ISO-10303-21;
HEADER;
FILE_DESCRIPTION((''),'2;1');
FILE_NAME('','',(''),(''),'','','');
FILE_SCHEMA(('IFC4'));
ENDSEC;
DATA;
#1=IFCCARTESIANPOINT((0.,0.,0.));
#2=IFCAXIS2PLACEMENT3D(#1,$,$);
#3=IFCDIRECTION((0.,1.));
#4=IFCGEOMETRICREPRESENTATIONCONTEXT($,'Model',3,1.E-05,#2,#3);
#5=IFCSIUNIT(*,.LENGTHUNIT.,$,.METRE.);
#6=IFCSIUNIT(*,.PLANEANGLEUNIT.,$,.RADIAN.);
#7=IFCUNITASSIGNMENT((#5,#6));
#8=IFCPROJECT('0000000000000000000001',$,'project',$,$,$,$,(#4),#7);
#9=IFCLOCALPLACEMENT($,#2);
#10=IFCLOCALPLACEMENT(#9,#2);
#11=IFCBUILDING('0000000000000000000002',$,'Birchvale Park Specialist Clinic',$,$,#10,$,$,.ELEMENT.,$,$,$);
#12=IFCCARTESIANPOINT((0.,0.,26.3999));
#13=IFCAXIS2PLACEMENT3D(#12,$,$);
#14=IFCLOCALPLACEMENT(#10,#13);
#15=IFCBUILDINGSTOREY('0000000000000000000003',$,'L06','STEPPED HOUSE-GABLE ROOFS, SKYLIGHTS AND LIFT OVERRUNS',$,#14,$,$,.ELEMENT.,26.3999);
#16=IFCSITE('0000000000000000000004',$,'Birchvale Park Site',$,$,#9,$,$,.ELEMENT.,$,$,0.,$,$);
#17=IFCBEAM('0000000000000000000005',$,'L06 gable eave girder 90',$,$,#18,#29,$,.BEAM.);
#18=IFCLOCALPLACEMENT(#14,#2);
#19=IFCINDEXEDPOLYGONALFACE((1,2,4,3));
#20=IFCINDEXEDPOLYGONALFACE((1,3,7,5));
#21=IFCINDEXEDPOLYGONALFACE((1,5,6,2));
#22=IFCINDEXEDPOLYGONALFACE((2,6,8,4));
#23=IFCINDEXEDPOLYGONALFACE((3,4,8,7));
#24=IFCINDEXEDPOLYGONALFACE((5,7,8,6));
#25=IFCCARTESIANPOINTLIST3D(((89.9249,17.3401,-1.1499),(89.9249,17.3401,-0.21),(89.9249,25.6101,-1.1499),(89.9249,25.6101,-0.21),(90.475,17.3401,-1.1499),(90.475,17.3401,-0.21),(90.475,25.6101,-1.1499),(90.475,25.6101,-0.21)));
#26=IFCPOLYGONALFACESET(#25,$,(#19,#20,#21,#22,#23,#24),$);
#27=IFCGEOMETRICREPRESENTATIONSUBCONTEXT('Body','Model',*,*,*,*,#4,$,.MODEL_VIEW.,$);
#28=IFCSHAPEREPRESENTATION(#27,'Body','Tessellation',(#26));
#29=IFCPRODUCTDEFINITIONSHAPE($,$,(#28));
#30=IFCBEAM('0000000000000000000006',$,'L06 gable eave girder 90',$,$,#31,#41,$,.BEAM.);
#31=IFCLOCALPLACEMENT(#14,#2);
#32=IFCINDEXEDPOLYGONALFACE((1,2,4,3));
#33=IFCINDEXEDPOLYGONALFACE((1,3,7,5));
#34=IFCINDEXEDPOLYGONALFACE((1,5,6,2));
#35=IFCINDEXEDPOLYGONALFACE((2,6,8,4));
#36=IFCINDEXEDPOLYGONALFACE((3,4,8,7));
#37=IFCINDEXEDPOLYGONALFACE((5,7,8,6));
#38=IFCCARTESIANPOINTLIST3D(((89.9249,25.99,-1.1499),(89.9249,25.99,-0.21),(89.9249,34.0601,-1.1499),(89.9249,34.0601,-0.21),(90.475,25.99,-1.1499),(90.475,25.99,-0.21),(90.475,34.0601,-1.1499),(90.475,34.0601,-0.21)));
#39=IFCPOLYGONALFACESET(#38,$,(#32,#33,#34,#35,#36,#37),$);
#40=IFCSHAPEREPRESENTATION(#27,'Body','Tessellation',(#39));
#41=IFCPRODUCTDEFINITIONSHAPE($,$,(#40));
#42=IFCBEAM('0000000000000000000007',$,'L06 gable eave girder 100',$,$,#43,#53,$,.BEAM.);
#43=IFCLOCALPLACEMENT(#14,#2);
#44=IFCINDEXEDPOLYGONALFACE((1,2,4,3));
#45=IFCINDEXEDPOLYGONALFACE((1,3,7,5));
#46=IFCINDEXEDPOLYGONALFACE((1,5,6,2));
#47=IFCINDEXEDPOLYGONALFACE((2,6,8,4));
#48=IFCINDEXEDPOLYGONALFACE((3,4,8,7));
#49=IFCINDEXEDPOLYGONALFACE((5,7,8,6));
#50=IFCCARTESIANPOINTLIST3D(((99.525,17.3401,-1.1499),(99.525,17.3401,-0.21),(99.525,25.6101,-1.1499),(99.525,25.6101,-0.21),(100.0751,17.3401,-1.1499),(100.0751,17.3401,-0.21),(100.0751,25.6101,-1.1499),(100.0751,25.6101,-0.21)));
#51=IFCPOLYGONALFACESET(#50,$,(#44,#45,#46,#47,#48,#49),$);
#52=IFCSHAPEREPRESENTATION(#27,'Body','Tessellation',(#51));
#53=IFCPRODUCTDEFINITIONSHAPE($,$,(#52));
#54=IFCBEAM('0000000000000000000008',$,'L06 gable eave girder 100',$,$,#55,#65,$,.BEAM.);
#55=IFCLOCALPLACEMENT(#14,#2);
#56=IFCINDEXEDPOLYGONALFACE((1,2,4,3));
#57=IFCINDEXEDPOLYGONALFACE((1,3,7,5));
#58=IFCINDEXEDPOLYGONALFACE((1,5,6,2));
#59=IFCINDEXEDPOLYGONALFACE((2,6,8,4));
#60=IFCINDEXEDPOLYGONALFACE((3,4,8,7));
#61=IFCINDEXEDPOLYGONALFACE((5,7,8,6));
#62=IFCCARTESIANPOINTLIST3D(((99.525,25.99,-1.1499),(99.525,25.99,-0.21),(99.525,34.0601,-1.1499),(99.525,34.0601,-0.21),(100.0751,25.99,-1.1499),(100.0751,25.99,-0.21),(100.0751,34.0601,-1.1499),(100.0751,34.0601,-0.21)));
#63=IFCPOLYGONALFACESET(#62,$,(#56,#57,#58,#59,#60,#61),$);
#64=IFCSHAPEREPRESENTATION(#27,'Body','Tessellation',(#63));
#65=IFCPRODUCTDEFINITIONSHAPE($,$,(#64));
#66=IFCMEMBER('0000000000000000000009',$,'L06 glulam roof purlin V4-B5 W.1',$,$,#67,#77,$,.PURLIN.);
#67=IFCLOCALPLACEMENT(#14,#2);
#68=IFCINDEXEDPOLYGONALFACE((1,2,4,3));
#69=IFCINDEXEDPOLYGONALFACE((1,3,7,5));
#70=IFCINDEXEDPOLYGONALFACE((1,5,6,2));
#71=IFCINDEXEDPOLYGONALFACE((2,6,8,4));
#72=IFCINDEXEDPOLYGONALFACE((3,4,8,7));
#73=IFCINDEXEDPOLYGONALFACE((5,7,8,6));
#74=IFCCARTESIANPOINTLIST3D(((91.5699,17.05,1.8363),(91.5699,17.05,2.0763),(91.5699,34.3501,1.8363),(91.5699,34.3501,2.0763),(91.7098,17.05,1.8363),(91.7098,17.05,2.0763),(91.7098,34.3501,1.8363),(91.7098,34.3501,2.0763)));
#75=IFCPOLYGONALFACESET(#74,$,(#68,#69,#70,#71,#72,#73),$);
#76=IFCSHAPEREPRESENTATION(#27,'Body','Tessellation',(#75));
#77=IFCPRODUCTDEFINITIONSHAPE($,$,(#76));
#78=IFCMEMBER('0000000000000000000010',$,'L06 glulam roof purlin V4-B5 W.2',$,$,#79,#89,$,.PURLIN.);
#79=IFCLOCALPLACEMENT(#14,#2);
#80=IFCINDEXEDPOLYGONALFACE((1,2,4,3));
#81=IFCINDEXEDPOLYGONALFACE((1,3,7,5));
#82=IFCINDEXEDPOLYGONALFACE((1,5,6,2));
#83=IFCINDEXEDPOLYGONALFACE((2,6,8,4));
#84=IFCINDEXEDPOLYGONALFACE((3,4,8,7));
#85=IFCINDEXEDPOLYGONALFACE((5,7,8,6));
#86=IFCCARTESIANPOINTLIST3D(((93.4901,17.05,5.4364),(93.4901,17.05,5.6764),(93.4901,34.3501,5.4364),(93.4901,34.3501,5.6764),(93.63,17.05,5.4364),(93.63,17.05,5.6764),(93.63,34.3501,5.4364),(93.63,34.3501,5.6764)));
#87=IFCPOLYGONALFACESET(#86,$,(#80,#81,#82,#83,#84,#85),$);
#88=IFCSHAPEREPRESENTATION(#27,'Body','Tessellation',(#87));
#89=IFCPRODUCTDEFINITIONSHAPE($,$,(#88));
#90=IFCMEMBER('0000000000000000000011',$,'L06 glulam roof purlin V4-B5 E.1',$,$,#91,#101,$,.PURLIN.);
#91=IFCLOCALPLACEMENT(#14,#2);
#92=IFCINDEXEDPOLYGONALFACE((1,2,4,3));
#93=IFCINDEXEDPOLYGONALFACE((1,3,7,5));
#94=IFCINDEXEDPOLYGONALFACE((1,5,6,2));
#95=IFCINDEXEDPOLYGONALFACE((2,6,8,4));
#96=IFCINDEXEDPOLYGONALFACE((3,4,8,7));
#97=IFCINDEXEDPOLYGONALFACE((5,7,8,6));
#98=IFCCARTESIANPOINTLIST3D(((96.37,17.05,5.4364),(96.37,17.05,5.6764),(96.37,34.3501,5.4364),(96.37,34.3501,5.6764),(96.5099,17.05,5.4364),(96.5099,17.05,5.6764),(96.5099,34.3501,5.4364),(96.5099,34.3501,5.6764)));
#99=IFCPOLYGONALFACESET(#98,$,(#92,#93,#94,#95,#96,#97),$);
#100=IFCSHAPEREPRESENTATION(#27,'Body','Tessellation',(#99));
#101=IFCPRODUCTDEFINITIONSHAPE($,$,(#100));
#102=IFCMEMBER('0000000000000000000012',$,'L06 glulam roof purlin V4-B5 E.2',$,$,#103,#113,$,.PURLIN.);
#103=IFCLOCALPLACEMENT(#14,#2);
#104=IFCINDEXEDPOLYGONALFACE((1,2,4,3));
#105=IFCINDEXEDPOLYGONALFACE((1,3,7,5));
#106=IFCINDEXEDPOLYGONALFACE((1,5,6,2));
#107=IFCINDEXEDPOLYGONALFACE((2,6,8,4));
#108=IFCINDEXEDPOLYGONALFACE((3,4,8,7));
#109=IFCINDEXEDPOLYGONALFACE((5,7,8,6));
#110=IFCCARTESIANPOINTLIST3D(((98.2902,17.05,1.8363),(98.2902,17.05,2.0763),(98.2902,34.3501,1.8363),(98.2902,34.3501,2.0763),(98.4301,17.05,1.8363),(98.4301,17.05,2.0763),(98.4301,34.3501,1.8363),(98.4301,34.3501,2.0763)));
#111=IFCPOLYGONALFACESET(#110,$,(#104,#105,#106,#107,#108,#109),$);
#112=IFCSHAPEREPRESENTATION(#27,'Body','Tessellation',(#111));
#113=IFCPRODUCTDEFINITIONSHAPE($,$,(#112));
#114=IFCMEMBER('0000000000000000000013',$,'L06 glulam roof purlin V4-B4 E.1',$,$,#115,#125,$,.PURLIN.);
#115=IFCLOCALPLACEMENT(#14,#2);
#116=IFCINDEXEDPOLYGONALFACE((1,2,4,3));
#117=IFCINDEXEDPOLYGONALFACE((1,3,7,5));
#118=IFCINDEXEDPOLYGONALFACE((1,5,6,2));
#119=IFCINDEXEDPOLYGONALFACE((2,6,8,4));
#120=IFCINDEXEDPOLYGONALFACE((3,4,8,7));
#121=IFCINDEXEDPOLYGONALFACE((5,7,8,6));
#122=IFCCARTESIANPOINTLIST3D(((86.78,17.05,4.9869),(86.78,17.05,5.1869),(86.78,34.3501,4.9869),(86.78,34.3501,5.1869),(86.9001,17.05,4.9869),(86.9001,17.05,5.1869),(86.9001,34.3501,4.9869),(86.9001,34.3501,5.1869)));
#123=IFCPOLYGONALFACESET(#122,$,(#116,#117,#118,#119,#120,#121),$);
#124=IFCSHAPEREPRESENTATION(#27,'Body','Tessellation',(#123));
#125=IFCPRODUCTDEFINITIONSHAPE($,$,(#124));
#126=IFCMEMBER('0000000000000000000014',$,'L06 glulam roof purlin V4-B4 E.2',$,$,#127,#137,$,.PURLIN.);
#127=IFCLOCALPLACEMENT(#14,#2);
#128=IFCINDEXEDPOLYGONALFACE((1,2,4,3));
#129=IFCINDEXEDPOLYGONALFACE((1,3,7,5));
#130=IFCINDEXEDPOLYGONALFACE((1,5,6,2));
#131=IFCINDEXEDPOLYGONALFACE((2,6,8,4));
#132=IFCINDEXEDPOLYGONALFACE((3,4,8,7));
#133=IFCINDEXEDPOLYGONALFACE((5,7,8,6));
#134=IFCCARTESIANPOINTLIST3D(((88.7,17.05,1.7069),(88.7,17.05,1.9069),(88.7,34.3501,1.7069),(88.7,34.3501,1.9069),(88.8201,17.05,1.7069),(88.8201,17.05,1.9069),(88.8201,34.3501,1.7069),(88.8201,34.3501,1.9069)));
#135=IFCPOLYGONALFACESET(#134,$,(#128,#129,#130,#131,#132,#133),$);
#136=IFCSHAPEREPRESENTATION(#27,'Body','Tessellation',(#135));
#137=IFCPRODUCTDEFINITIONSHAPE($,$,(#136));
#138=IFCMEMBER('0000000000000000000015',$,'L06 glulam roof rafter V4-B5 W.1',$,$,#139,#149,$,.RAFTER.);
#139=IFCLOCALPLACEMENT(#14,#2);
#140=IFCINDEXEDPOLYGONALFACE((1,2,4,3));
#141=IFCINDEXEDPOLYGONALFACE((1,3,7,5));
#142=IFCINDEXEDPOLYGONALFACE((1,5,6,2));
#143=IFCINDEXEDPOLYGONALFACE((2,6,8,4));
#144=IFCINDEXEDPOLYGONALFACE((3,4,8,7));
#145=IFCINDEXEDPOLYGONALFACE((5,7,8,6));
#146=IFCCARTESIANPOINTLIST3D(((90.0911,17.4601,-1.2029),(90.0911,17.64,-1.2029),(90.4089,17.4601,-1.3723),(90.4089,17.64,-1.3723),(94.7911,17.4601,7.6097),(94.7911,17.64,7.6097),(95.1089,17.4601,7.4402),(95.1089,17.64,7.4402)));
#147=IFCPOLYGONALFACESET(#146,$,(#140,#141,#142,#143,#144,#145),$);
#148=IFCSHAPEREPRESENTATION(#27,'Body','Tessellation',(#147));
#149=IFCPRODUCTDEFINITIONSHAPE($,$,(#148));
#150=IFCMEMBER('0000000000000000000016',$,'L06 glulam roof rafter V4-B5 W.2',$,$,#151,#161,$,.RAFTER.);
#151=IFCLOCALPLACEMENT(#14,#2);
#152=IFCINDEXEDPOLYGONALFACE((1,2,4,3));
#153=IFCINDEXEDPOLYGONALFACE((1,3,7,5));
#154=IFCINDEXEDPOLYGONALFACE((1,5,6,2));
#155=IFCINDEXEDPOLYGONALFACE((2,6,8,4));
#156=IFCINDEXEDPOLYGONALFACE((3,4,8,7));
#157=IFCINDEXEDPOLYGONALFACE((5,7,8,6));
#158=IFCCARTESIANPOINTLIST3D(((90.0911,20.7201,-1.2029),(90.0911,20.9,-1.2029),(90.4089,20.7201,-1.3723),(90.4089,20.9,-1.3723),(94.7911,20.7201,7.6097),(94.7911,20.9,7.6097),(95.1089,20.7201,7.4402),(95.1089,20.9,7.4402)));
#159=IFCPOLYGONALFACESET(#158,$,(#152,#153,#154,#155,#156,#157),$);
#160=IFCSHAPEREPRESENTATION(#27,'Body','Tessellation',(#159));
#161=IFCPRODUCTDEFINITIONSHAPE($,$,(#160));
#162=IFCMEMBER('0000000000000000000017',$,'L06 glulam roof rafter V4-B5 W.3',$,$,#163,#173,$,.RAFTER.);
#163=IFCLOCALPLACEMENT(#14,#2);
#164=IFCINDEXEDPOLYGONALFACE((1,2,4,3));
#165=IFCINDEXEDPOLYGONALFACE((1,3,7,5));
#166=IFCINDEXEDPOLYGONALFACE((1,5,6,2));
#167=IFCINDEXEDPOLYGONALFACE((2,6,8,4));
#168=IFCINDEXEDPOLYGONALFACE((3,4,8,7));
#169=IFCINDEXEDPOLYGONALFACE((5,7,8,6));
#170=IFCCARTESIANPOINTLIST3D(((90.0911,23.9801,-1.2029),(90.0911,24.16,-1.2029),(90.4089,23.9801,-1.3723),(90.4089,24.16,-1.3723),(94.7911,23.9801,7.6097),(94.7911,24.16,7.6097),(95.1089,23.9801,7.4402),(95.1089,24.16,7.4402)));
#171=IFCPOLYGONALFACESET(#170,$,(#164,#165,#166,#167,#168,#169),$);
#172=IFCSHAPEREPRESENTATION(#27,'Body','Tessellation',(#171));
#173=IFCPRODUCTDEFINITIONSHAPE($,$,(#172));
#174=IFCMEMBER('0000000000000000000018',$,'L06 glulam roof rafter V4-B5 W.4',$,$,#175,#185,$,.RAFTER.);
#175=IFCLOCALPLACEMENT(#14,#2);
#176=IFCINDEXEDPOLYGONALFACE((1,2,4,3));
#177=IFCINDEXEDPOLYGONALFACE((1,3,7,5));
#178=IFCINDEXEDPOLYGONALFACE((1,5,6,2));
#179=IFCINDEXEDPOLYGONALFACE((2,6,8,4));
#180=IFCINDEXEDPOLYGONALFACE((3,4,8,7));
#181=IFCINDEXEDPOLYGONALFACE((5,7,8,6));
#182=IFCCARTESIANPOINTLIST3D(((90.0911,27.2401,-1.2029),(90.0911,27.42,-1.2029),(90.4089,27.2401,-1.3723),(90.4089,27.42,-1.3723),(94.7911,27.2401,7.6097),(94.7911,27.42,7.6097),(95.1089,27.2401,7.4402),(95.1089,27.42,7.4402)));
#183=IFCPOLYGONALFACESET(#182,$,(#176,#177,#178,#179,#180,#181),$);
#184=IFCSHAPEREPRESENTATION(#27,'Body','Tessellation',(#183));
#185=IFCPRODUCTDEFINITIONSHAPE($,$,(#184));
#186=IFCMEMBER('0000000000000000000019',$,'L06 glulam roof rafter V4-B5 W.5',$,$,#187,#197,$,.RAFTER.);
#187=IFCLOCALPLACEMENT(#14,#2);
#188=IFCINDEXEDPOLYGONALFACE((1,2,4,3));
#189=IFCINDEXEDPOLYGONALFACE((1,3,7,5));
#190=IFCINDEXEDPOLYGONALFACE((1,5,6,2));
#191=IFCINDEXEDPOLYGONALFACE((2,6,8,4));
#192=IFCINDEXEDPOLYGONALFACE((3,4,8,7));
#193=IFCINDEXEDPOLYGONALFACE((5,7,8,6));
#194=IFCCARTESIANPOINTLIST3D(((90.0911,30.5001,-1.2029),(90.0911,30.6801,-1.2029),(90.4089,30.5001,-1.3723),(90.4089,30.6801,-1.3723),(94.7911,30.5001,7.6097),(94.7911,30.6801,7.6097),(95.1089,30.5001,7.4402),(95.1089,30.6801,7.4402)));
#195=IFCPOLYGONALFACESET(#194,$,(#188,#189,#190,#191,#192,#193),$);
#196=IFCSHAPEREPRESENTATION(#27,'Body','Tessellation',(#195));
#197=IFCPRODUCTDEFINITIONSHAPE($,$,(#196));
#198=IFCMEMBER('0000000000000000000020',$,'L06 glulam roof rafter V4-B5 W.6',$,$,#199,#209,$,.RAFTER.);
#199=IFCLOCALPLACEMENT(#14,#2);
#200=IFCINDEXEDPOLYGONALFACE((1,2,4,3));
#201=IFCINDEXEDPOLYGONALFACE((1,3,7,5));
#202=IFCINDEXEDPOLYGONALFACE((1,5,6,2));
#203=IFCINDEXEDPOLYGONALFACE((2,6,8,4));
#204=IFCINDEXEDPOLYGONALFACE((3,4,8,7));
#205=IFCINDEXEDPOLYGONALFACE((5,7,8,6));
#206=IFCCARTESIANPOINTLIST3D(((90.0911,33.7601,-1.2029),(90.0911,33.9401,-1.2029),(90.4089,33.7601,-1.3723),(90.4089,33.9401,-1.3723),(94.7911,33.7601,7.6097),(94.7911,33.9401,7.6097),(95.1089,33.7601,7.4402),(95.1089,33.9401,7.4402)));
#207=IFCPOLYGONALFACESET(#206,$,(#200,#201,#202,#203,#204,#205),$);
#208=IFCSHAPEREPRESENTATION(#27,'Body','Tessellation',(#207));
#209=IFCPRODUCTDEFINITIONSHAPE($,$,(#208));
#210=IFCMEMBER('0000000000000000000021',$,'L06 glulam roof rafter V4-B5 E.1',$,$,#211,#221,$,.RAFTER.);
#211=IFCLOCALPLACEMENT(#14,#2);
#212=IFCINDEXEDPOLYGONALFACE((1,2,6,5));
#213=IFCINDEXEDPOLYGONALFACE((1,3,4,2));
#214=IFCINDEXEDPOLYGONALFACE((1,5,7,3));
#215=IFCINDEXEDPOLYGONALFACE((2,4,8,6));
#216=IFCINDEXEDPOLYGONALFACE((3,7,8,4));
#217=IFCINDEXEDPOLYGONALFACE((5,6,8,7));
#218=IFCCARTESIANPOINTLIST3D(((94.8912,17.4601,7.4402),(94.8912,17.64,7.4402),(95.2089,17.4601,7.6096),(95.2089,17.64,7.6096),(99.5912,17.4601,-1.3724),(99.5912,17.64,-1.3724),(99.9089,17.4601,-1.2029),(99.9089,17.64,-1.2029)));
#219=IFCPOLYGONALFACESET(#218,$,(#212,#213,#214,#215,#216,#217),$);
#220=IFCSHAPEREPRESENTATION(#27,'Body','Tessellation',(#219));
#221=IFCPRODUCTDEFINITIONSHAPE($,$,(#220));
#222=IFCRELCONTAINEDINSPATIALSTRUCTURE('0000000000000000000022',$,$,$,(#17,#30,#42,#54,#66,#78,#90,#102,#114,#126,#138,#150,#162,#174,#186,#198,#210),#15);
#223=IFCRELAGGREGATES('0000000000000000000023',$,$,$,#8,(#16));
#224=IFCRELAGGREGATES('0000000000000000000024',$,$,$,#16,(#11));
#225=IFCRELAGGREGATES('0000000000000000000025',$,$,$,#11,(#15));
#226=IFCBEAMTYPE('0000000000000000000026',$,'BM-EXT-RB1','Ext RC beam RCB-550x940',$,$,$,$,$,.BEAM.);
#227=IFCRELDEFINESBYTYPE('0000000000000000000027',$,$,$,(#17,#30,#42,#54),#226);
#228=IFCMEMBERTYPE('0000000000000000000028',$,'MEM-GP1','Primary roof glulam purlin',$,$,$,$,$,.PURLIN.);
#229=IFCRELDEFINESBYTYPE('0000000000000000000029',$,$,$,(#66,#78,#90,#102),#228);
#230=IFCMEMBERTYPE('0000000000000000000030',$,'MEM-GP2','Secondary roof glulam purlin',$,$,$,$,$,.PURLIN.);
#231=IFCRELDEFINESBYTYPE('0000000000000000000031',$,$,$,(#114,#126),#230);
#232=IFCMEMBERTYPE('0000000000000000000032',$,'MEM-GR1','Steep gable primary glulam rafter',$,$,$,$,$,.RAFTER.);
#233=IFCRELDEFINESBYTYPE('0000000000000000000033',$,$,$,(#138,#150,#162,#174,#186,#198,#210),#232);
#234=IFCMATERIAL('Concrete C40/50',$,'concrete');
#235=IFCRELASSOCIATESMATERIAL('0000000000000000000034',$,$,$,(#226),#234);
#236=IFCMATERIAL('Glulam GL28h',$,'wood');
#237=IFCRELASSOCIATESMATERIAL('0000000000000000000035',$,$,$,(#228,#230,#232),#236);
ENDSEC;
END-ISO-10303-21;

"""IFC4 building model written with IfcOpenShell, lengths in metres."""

from ifc_helpers import new_model, si_unit, direction, frame, origin, origin_2d, place, context, subcontext, project, spatial, rectangle, extrude, material, material_profile, profile_set, type_object, element, save


model = new_model("IFC4")

# Units and contexts
model_context = context("Model", 3, precision=1e-05, world=origin(), true_north=direction((0.0, 1.0)))
body_context = subcontext(model_context, "Body", "Model", "MODEL_VIEW")
ifc_project = project(units=[si_unit("LENGTHUNIT", "METRE"), si_unit("PLANEANGLEUNIT", "RADIAN")], contexts=[model_context])

# Site, building, storey
site_placement = place(None, origin())
site = spatial("IfcSite", under=ifc_project, at=site_placement, Name="Birchvale Park Site", CompositionType="ELEMENT", RefElevation=0.0)
building_placement = place(site_placement, origin())
building = spatial("IfcBuilding", under=site, at=building_placement, Name="Birchvale Park Specialist Clinic", CompositionType="ELEMENT")
storey_placement = place(building_placement, frame((0.0, 0.0, 26.3999)))
storey = spatial("IfcBuildingStorey", under=building, at=storey_placement, Name="L06", Description="STEPPED HOUSE-GABLE ROOFS, SKYLIGHTS AND LIFT OVERRUNS", CompositionType="ELEMENT", Elevation=26.3999)

# Beams
ifc_material_1 = material(Name="Concrete C40/50", Category="concrete")
ifc_material_profile_1 = material_profile(ifc_material_1, rectangle(XDim=0.55, YDim=0.9399, at=origin_2d()), Name="RCB-550x940")
ifc_profile_set_1 = profile_set([ifc_material_profile_1], Name="Concrete C40/50")
beam_type_1 = type_object("IfcBeamType", Name="BM-EXT-RB1", Description="Ext RC beam RCB-550x940", PredefinedType="BEAM", material=ifc_profile_set_1)
beam_1_placement = place(storey_placement, frame((90.2, 17.3401, -0.6799), z_axis=(0.0, 1.0, 0.0), x_axis=(-1.0, 0.0, 0.0)))
element("IfcBeam", 1, at=beam_1_placement, inside=storey, type_object=beam_type_1, Name="L06 gable eave girder 90", PredefinedType="BEAM", context=body_context, shape_type="SweptSolid", body=[
    extrude(rectangle(XDim=0.55, YDim=0.9399, at=origin_2d()), origin(), (0.0, 0.0, 1.0), 8.27),
])
beam_2_placement = place(storey_placement, frame((90.2, 25.99, -0.6799), z_axis=(0.0, 1.0, 0.0), x_axis=(-1.0, 0.0, 0.0)))
element("IfcBeam", 2, at=beam_2_placement, inside=storey, type_object=beam_type_1, Name="L06 gable eave girder 90", PredefinedType="BEAM", context=body_context, shape_type="SweptSolid", body=[
    extrude(rectangle(XDim=0.55, YDim=0.9399, at=origin_2d()), origin(), (0.0, 0.0, 1.0), 8.0701),
])
beam_3_placement = place(storey_placement, frame((99.8, 17.3401, -0.6799), z_axis=(0.0, 1.0, 0.0), x_axis=(-1.0, 0.0, 0.0)))
element("IfcBeam", 3, at=beam_3_placement, inside=storey, type_object=beam_type_1, Name="L06 gable eave girder 100", PredefinedType="BEAM", context=body_context, shape_type="SweptSolid", body=[
    extrude(rectangle(XDim=0.55, YDim=0.9399, at=origin_2d()), origin(), (0.0, 0.0, 1.0), 8.27),
])
beam_4_placement = place(storey_placement, frame((99.8, 25.99, -0.6799), z_axis=(0.0, 1.0, 0.0), x_axis=(-1.0, 0.0, 0.0)))
element("IfcBeam", 4, at=beam_4_placement, inside=storey, type_object=beam_type_1, Name="L06 gable eave girder 100", PredefinedType="BEAM", context=body_context, shape_type="SweptSolid", body=[
    extrude(rectangle(XDim=0.55, YDim=0.9399, at=origin_2d()), origin(), (0.0, 0.0, 1.0), 8.0701),
])

# Members
ifc_material_2 = material(Name="Glulam GL28h", Category="wood")
ifc_material_profile_2 = material_profile(ifc_material_2, rectangle(XDim=0.1399, YDim=0.24, at=origin_2d()), Name="GL-140x240")
ifc_profile_set_2 = profile_set([ifc_material_profile_2], Name="Glulam GL28h")
member_type_1 = type_object("IfcMemberType", Name="MEM-GP1", Description="Primary roof glulam purlin", PredefinedType="PURLIN", material=ifc_profile_set_2)
for number, where, z_axis, x_axis, name in (
    (5, (91.6399, 17.05, 1.9563), (0.0, 1.0, 0.0), (-1.0, 0.0, 0.0), "L06 glulam roof purlin V4-B5 W.1"),
    (6, (93.5601, 17.05, 5.5564), (0.0, 1.0, 0.0), (-1.0, 0.0, 0.0), "L06 glulam roof purlin V4-B5 W.2"),
    (7, (96.4399, 17.05, 5.5564), (0.0, 1.0, 0.0), (-1.0, 0.0, 0.0), "L06 glulam roof purlin V4-B5 E.1"),
    (8, (98.3601, 17.05, 1.9563), (0.0, 1.0, 0.0), (-1.0, 0.0, 0.0), "L06 glulam roof purlin V4-B5 E.2"),
):
    element("IfcMember", number, at=place(storey_placement, frame(where, z_axis=z_axis, x_axis=x_axis)), inside=storey, type_object=member_type_1, Name=name, PredefinedType="PURLIN", context=body_context, shape_type="SweptSolid", body=[
        extrude(rectangle(XDim=0.1399, YDim=0.24, at=origin_2d()), origin(), (0.0, 0.0, 1.0), 17.3),
    ])
ifc_material_profile_3 = material_profile(ifc_material_2, rectangle(XDim=0.1201, YDim=0.2, at=origin_2d()), Name="GL-120x200")
ifc_profile_set_3 = profile_set([ifc_material_profile_3], Name="Glulam GL28h")
member_type_2 = type_object("IfcMemberType", Name="MEM-GP2", Description="Secondary roof glulam purlin", PredefinedType="PURLIN", material=ifc_profile_set_3)
for number, where, z_axis, x_axis, name in (
    (9, (86.8401, 17.05, 5.0869), (0.0, 1.0, 0.0), (-1.0, 0.0, 0.0), "L06 glulam roof purlin V4-B4 E.1"),
    (10, (88.76, 17.05, 1.8069), (0.0, 1.0, 0.0), (-1.0, 0.0, 0.0), "L06 glulam roof purlin V4-B4 E.2"),
):
    element("IfcMember", number, at=place(storey_placement, frame(where, z_axis=z_axis, x_axis=x_axis)), inside=storey, type_object=member_type_2, Name=name, PredefinedType="PURLIN", context=body_context, shape_type="SweptSolid", body=[
        extrude(rectangle(XDim=0.1201, YDim=0.2, at=origin_2d()), origin(), (0.0, 0.0, 1.0), 17.3),
    ])
ifc_material_profile_4 = material_profile(ifc_material_2, rectangle(XDim=0.1799, YDim=0.3601, at=origin_2d()), Name="GL-180x360")
ifc_profile_set_4 = profile_set([ifc_material_profile_4], Name="Glulam GL28h")
member_type_3 = type_object("IfcMemberType", Name="MEM-GR1", Description="Steep gable primary glulam rafter", PredefinedType="RAFTER", material=ifc_profile_set_4)
for number, where, z_axis, x_axis, name in (
    (11, (90.25, 17.55, -1.2876), (0.470584, 0.0, 0.882355), (0.0, 1.0, 0.0), "L06 glulam roof rafter V4-B5 W.1"),
    (12, (90.25, 20.8101, -1.2876), (0.470584, 0.0, 0.882355), (0.0, 1.0, 0.0), "L06 glulam roof rafter V4-B5 W.2"),
    (13, (90.25, 24.0701, -1.2876), (0.470584, 0.0, 0.882355), (0.0, 1.0, 0.0), "L06 glulam roof rafter V4-B5 W.3"),
    (14, (90.25, 27.3301, -1.2876), (0.470584, 0.0, 0.882355), (0.0, 1.0, 0.0), "L06 glulam roof rafter V4-B5 W.4"),
    (15, (90.25, 30.5901, -1.2876), (0.470584, 0.0, 0.882355), (0.0, 1.0, 0.0), "L06 glulam roof rafter V4-B5 W.5"),
    (16, (90.25, 33.8501, -1.2876), (0.470584, 0.0, 0.882355), (0.0, 1.0, 0.0), "L06 glulam roof rafter V4-B5 W.6"),
    (17, (95.05, 17.55, 7.5249), (0.470584, 0.0, -0.882355), (0.0, 1.0, 0.0), "L06 glulam roof rafter V4-B5 E.1"),
):
    element("IfcMember", number, at=place(storey_placement, frame(where, z_axis=z_axis, x_axis=x_axis)), inside=storey, type_object=member_type_3, Name=name, PredefinedType="RAFTER", context=body_context, shape_type="SweptSolid", body=[
        extrude(rectangle(XDim=0.1799, YDim=0.3601, at=origin_2d()), origin(), (0.0, 0.0, 1.0), 9.9875),
    ])

save(model, "model.ifc")
